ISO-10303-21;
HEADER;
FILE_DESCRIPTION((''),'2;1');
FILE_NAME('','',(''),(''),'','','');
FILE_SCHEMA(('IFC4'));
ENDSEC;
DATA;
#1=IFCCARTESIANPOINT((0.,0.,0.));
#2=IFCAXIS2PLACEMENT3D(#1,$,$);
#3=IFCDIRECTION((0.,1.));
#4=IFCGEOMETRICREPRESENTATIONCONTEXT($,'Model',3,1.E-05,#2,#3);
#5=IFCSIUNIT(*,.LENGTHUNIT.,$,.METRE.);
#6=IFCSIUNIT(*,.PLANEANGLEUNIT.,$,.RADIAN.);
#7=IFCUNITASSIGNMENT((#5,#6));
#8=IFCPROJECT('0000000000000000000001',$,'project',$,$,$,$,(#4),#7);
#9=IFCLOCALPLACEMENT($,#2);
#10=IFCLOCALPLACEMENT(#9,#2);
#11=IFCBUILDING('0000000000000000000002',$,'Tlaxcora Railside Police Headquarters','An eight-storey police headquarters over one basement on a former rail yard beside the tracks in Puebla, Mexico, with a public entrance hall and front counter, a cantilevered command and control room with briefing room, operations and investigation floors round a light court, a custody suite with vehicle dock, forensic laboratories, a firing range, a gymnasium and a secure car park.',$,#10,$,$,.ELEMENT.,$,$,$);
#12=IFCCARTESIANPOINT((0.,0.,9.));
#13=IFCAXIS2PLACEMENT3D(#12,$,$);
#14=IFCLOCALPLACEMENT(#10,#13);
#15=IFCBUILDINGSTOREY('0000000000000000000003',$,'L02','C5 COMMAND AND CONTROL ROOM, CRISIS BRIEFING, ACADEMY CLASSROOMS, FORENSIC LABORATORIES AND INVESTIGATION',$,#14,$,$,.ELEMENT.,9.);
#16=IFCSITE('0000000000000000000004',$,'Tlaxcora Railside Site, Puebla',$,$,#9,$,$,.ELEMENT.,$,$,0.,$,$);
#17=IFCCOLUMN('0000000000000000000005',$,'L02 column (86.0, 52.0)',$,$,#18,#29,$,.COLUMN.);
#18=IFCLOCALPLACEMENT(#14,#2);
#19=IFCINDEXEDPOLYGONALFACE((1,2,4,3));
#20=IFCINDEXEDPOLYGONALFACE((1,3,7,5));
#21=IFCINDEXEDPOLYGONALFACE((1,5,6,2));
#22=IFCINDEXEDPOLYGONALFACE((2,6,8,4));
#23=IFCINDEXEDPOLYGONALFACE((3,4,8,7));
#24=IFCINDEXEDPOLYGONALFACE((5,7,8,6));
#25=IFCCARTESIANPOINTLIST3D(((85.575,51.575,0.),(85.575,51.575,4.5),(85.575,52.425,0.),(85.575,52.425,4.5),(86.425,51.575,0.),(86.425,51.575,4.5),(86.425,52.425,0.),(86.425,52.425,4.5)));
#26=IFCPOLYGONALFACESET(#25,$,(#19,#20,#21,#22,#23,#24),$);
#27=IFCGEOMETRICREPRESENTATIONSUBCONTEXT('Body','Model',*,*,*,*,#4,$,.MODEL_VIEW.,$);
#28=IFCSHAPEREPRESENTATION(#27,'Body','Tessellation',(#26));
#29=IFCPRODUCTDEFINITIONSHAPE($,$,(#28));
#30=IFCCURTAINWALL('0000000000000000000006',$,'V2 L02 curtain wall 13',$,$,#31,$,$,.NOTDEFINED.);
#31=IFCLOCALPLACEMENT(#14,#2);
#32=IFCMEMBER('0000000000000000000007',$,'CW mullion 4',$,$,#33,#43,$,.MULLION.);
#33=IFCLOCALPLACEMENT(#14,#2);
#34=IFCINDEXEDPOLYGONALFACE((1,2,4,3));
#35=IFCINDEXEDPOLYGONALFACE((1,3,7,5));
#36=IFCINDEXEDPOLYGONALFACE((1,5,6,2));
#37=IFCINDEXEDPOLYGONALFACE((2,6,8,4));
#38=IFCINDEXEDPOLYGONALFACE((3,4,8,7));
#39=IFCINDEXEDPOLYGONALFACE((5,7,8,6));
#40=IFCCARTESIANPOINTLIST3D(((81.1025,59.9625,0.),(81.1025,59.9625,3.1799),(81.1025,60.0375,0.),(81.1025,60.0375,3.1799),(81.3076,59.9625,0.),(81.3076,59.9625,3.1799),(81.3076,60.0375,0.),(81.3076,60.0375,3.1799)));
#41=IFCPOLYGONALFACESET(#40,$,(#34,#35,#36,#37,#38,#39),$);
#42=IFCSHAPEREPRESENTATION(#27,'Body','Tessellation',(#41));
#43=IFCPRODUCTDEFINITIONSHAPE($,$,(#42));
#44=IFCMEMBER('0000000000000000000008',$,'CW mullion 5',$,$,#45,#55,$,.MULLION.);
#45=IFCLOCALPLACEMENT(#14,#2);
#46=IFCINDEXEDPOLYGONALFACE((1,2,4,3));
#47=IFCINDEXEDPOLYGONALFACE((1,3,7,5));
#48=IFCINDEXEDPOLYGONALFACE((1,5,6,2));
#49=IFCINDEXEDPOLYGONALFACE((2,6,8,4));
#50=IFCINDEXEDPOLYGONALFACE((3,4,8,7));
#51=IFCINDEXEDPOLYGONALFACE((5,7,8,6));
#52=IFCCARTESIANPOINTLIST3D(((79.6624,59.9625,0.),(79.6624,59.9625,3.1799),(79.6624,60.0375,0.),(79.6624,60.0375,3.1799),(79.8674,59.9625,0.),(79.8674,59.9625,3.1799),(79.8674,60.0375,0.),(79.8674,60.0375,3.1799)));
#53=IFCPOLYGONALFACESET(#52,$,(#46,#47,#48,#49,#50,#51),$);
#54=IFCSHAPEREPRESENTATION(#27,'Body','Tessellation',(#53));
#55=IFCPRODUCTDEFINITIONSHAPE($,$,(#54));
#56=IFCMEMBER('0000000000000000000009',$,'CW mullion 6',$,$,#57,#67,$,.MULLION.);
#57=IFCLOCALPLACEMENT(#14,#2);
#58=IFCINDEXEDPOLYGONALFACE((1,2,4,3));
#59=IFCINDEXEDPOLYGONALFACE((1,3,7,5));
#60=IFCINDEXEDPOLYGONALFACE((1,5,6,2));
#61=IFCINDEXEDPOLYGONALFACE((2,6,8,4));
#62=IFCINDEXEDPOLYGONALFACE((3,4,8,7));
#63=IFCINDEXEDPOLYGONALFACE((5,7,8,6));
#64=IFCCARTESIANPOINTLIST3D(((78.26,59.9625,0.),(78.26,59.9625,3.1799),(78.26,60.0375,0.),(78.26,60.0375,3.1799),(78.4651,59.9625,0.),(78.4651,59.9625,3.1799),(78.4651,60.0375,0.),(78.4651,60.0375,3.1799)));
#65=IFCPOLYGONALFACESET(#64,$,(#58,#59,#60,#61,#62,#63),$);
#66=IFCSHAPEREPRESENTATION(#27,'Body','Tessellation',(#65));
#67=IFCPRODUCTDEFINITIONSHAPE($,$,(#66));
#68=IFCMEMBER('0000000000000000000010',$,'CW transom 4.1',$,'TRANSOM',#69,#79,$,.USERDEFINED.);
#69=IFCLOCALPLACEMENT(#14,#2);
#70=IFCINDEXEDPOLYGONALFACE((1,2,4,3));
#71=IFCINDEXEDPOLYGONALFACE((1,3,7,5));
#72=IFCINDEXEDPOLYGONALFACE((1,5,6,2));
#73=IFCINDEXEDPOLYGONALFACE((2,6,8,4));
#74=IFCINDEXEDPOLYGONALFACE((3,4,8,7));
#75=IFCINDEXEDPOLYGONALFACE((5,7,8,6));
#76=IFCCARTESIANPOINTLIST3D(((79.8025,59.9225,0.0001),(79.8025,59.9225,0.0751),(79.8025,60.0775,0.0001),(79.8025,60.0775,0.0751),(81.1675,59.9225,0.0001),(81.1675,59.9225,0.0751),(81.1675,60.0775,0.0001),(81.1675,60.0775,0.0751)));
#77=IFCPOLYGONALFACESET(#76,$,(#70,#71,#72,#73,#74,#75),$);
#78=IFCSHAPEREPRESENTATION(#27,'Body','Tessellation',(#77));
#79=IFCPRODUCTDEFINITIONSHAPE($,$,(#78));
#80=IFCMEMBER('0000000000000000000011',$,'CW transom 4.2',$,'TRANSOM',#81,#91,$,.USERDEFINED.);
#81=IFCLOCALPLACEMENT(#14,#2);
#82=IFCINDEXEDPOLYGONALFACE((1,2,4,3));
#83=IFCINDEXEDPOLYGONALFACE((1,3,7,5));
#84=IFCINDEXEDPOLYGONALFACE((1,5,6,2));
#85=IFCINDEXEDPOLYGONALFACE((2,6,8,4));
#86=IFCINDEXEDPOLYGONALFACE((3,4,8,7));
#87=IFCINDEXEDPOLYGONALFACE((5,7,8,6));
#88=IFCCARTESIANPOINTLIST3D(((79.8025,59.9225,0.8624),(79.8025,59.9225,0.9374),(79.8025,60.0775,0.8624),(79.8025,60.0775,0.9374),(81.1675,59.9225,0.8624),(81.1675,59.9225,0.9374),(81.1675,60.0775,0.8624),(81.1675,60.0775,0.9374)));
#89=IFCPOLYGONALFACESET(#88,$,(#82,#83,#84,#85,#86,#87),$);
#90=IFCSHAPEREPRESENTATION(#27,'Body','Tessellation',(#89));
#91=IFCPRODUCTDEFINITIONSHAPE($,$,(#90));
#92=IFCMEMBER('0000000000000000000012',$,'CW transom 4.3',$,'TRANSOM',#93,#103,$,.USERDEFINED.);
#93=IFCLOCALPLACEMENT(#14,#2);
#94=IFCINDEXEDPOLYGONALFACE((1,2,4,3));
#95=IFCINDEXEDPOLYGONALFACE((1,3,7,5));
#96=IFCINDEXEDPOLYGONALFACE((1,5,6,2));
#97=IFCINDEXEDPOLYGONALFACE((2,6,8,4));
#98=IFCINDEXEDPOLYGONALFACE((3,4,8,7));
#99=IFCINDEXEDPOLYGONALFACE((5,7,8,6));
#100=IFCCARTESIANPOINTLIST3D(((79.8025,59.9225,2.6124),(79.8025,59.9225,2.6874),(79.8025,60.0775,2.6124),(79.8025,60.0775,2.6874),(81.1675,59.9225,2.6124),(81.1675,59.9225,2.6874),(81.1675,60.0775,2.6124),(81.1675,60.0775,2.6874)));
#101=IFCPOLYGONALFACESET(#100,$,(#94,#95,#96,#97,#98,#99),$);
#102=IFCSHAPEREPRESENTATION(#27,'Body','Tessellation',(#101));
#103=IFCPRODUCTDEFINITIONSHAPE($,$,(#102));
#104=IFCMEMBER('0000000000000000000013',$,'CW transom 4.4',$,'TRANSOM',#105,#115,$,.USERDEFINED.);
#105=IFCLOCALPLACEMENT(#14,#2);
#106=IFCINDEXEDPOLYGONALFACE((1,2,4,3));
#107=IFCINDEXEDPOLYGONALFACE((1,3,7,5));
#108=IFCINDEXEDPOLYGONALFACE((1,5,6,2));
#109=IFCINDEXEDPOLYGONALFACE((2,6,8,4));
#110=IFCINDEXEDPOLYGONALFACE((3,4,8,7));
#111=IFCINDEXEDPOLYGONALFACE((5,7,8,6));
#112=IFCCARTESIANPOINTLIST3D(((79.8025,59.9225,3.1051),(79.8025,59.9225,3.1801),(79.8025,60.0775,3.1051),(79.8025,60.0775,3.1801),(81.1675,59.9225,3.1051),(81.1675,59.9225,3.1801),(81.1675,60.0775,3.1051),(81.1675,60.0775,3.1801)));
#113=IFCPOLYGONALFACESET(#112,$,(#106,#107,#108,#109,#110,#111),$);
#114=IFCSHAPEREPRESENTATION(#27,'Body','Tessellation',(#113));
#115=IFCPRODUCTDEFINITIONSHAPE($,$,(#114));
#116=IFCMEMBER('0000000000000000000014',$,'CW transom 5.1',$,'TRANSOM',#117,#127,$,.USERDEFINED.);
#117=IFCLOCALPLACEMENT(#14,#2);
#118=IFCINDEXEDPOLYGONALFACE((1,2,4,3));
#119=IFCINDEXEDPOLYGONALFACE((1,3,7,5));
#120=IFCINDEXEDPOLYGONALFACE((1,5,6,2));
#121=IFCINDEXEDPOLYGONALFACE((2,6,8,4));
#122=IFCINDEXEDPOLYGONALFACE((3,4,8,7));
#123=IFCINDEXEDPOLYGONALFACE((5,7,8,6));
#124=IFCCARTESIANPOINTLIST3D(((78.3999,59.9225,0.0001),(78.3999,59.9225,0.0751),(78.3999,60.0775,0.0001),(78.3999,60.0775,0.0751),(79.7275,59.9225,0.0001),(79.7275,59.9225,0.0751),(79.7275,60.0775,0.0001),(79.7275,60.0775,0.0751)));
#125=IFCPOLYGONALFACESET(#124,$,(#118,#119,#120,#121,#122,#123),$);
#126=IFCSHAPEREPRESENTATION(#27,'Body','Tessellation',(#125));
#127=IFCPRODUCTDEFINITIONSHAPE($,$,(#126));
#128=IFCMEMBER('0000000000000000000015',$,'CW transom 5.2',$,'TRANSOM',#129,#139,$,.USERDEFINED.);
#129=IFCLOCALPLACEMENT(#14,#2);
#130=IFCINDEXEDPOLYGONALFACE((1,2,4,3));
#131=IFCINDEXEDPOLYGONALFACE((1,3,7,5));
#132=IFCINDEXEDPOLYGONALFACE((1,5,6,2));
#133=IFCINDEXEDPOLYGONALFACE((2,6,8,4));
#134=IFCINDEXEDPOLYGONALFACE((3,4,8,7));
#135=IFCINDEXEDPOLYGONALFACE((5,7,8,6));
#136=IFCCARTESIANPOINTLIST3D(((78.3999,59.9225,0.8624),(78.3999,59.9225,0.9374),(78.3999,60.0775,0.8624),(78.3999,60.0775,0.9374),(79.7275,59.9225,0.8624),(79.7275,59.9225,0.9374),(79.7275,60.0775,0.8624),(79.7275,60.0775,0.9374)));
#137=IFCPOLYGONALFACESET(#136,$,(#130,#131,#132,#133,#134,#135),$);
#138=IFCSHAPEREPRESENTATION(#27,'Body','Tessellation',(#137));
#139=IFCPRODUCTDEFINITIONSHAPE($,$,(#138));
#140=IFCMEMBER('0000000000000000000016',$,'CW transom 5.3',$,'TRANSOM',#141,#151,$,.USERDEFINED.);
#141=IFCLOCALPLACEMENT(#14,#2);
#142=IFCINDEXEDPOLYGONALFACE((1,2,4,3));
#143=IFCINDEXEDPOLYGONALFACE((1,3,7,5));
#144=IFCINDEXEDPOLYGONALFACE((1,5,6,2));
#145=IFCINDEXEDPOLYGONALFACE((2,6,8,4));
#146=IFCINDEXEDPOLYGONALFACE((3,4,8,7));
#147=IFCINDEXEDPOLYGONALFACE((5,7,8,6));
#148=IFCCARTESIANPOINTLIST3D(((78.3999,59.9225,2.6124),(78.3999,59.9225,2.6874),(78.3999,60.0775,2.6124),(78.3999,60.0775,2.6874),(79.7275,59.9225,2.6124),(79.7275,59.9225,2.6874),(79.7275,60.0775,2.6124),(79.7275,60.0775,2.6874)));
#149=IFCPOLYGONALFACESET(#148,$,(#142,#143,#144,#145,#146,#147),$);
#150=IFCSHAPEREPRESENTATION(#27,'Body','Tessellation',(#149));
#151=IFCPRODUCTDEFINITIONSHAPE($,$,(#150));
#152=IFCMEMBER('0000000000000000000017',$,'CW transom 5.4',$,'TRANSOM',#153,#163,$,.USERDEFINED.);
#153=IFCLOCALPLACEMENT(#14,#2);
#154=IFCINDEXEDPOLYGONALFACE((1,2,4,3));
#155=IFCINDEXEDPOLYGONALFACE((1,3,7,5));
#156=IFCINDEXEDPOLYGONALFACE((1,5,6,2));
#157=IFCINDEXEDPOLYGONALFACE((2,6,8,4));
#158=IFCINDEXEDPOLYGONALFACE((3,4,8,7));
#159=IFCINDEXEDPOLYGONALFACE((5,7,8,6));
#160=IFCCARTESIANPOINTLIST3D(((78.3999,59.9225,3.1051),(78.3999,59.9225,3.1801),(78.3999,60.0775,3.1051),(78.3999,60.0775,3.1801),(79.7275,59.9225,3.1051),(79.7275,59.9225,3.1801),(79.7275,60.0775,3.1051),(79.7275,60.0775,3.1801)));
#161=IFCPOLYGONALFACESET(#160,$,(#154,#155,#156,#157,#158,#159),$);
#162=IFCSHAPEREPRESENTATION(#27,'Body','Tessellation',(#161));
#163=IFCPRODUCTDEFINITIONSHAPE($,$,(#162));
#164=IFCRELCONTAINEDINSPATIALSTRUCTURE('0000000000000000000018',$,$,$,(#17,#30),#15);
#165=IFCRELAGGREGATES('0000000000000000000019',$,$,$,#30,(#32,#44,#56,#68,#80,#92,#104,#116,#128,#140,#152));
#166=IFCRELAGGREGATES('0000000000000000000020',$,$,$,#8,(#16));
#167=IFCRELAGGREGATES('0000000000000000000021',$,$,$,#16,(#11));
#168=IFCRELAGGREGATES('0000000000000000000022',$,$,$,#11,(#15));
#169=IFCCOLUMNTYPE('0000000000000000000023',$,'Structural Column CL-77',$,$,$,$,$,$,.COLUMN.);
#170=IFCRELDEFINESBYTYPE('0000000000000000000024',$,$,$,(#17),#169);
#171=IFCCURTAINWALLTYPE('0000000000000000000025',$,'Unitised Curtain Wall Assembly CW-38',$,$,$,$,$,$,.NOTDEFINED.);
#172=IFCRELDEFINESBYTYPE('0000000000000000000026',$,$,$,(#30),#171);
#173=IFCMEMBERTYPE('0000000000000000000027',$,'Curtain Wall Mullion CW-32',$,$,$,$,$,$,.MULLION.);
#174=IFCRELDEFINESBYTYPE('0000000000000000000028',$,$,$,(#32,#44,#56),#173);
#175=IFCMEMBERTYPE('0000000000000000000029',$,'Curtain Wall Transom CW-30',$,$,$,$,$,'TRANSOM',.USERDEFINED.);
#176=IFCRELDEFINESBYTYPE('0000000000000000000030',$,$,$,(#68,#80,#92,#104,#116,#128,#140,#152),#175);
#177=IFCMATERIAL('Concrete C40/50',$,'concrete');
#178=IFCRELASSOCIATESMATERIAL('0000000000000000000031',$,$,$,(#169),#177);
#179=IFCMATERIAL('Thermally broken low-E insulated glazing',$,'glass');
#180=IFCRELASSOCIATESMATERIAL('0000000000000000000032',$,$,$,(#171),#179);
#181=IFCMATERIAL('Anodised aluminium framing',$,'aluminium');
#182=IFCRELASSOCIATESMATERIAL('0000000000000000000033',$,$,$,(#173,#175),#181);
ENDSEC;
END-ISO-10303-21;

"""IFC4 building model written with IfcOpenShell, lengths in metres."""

from ifc_helpers import new_model, si_unit, direction, frame, origin, origin_2d, place, context, subcontext, project, spatial, rectangle, extrude, material, material_profile, profile_set, type_object, element, aggregate, save


model = new_model("IFC4")

# Units and contexts
model_context = context("Model", 3, precision=1e-05, world=origin(), true_north=direction((0.0, 1.0)))
body_context = subcontext(model_context, "Body", "Model", "MODEL_VIEW")
ifc_project = project(units=[si_unit("LENGTHUNIT", "METRE"), si_unit("PLANEANGLEUNIT", "RADIAN")], contexts=[model_context])

# Site, building, storey
site_placement = place(None, origin())
site = spatial("IfcSite", under=ifc_project, at=site_placement, Name="Tlaxcora Railside Site, Puebla", CompositionType="ELEMENT", RefElevation=0.0)
building_placement = place(site_placement, origin())
building = spatial("IfcBuilding", under=site, at=building_placement, Name="Tlaxcora Railside Police Headquarters", Description="An eight-storey police headquarters over one basement on a former rail yard beside the tracks in Puebla, Mexico, with a public entrance hall and front counter, a cantilevered command and control room with briefing room, operations and investigation floors round a light court, a custody suite with vehicle dock, forensic laboratories, a firing range, a gymnasium and a secure car park.", CompositionType="ELEMENT")
storey_placement = place(building_placement, frame((0.0, 0.0, 9.0)))
storey = spatial("IfcBuildingStorey", under=building, at=storey_placement, Name="L02", Description="C5 COMMAND AND CONTROL ROOM, CRISIS BRIEFING, ACADEMY CLASSROOMS, FORENSIC LABORATORIES AND INVESTIGATION", CompositionType="ELEMENT", Elevation=9.0)

# Column
ifc_material_1 = material(Name="Concrete C40/50", Category="concrete")
ifc_material_profile_1 = material_profile(ifc_material_1, rectangle(XDim=0.8501, YDim=0.8501, at=origin_2d()), Name="RC850X850")
ifc_profile_set_1 = profile_set([ifc_material_profile_1], Name="Concrete C40/50")
column_type = type_object("IfcColumnType", Name="Structural Column CL-77", PredefinedType="COLUMN", material=ifc_profile_set_1)
column_placement = place(storey_placement, frame((86.0, 52.0, 0.0), z_axis=(0.0, 0.0, 1.0), x_axis=(1.0, 0.0, 0.0)))
element("IfcColumn", 1, at=column_placement, inside=storey, type_object=column_type, Name="L02 column (86.0, 52.0)", PredefinedType="COLUMN", context=body_context, shape_type="SweptSolid", body=[
    extrude(rectangle(XDim=0.8501, YDim=0.8501, at=origin_2d()), origin(), (0.0, 0.0, 1.0), 4.5),
])

# Curtain wall, members
ifc_material_2 = material(Name="Thermally broken low-E insulated glazing", Category="glass")
curtain_wall_type = type_object("IfcCurtainWallType", Name="Unitised Curtain Wall Assembly CW-38", PredefinedType="NOTDEFINED", material=ifc_material_2)
curtain_wall_placement = place(storey_placement, origin())
curtain_wall = element("IfcCurtainWall", 2, at=curtain_wall_placement, inside=storey, type_object=curtain_wall_type, Name="V2 L02 curtain wall 13", PredefinedType="NOTDEFINED")
ifc_material_3 = material(Name="Anodised aluminium framing", Category="aluminium")
ifc_material_profile_2 = material_profile(ifc_material_3, rectangle(XDim=0.075, YDim=0.2051, at=origin_2d()), Name="AL75X205")
ifc_profile_set_2 = profile_set([ifc_material_profile_2], Name="Anodised aluminium framing")
member_type_1 = type_object("IfcMemberType", Name="Curtain Wall Mullion CW-32", PredefinedType="MULLION", material=ifc_profile_set_2)
member_1_placement = place(storey_placement, frame((81.2051, 60.0, 0.0), z_axis=(0.0, 0.0, 1.0), x_axis=(0.0, -1.0, 0.0)))
member_1 = element("IfcMember", 3, at=member_1_placement, type_object=member_type_1, Name="CW mullion 4", PredefinedType="MULLION", context=body_context, shape_type="SweptSolid", body=[
    extrude(rectangle(XDim=0.075, YDim=0.2051, at=origin_2d()), origin(), (0.0, 0.0, 1.0), 3.1799),
])
member_2_placement = place(storey_placement, frame((79.7649, 60.0, 0.0), z_axis=(0.0, 0.0, 1.0), x_axis=(0.0, -1.0, 0.0)))
member_2 = element("IfcMember", 4, at=member_2_placement, type_object=member_type_1, Name="CW mullion 5", PredefinedType="MULLION", context=body_context, shape_type="SweptSolid", body=[
    extrude(rectangle(XDim=0.075, YDim=0.2051, at=origin_2d()), origin(), (0.0, 0.0, 1.0), 3.1799),
])
member_3_placement = place(storey_placement, frame((78.3625, 60.0, 0.0), z_axis=(0.0, 0.0, 1.0), x_axis=(0.0, -1.0, 0.0)))
member_3 = element("IfcMember", 5, at=member_3_placement, type_object=member_type_1, Name="CW mullion 6", PredefinedType="MULLION", context=body_context, shape_type="SweptSolid", body=[
    extrude(rectangle(XDim=0.075, YDim=0.2051, at=origin_2d()), origin(), (0.0, 0.0, 1.0), 3.1799),
])
ifc_material_profile_3 = material_profile(ifc_material_3, rectangle(XDim=0.155, YDim=0.075, at=origin_2d()), Name="AL75X155")
ifc_profile_set_3 = profile_set([ifc_material_profile_3], Name="Anodised aluminium framing")
member_type_2 = type_object("IfcMemberType", Name="Curtain Wall Transom CW-30", ElementType="TRANSOM", PredefinedType="USERDEFINED", material=ifc_profile_set_3)
member_4_placement = place(storey_placement, frame((81.1675, 60.0, 0.0376), z_axis=(-1.0, 0.0, 0.0), x_axis=(0.0, -1.0, 0.0)))
member_4 = element("IfcMember", 6, at=member_4_placement, type_object=member_type_2, Name="CW transom 4.1", ObjectType="TRANSOM", PredefinedType="USERDEFINED", context=body_context, shape_type="SweptSolid", body=[
    extrude(rectangle(XDim=0.155, YDim=0.075, at=origin_2d()), origin(), (0.0, 0.0, 1.0), 1.365),
])
member_5_placement = place(storey_placement, frame((81.1675, 60.0, 0.8999), z_axis=(-1.0, 0.0, 0.0), x_axis=(0.0, -1.0, 0.0)))
member_5 = element("IfcMember", 7, at=member_5_placement, type_object=member_type_2, Name="CW transom 4.2", ObjectType="TRANSOM", PredefinedType="USERDEFINED", context=body_context, shape_type="SweptSolid", body=[
    extrude(rectangle(XDim=0.155, YDim=0.075, at=origin_2d()), origin(), (0.0, 0.0, 1.0), 1.365),
])
member_6_placement = place(storey_placement, frame((81.1675, 60.0, 2.6499), z_axis=(-1.0, 0.0, 0.0), x_axis=(0.0, -1.0, 0.0)))
member_6 = element("IfcMember", 8, at=member_6_placement, type_object=member_type_2, Name="CW transom 4.3", ObjectType="TRANSOM", PredefinedType="USERDEFINED", context=body_context, shape_type="SweptSolid", body=[
    extrude(rectangle(XDim=0.155, YDim=0.075, at=origin_2d()), origin(), (0.0, 0.0, 1.0), 1.365),
])
member_7_placement = place(storey_placement, frame((81.1675, 60.0, 3.1426), z_axis=(-1.0, 0.0, 0.0), x_axis=(0.0, -1.0, 0.0)))
member_7 = element("IfcMember", 9, at=member_7_placement, type_object=member_type_2, Name="CW transom 4.4", ObjectType="TRANSOM", PredefinedType="USERDEFINED", context=body_context, shape_type="SweptSolid", body=[
    extrude(rectangle(XDim=0.155, YDim=0.075, at=origin_2d()), origin(), (0.0, 0.0, 1.0), 1.365),
])
member_8_placement = place(storey_placement, frame((79.7275, 60.0, 0.0376), z_axis=(-1.0, 0.0, 0.0), x_axis=(0.0, -1.0, 0.0)))
member_8 = element("IfcMember", 10, at=member_8_placement, type_object=member_type_2, Name="CW transom 5.1", ObjectType="TRANSOM", PredefinedType="USERDEFINED", context=body_context, shape_type="SweptSolid", body=[
    extrude(rectangle(XDim=0.155, YDim=0.075, at=origin_2d()), origin(), (0.0, 0.0, 1.0), 1.3276),
])
member_9_placement = place(storey_placement, frame((79.7275, 60.0, 0.8999), z_axis=(-1.0, 0.0, 0.0), x_axis=(0.0, -1.0, 0.0)))
member_9 = element("IfcMember", 11, at=member_9_placement, type_object=member_type_2, Name="CW transom 5.2", ObjectType="TRANSOM", PredefinedType="USERDEFINED", context=body_context, shape_type="SweptSolid", body=[
    extrude(rectangle(XDim=0.155, YDim=0.075, at=origin_2d()), origin(), (0.0, 0.0, 1.0), 1.3276),
])
member_10_placement = place(storey_placement, frame((79.7275, 60.0, 2.6499), z_axis=(-1.0, 0.0, 0.0), x_axis=(0.0, -1.0, 0.0)))
member_10 = element("IfcMember", 12, at=member_10_placement, type_object=member_type_2, Name="CW transom 5.3", ObjectType="TRANSOM", PredefinedType="USERDEFINED", context=body_context, shape_type="SweptSolid", body=[
    extrude(rectangle(XDim=0.155, YDim=0.075, at=origin_2d()), origin(), (0.0, 0.0, 1.0), 1.3276),
])
member_11_placement = place(storey_placement, frame((79.7275, 60.0, 3.1426), z_axis=(-1.0, 0.0, 0.0), x_axis=(0.0, -1.0, 0.0)))
member_11 = element("IfcMember", 13, at=member_11_placement, type_object=member_type_2, Name="CW transom 5.4", ObjectType="TRANSOM", PredefinedType="USERDEFINED", context=body_context, shape_type="SweptSolid", body=[
    extrude(rectangle(XDim=0.155, YDim=0.075, at=origin_2d()), origin(), (0.0, 0.0, 1.0), 1.3276),
])

aggregate(curtain_wall, [member_1, member_2, member_3, member_4, member_5, member_6, member_7, member_8, member_9, member_10, member_11])

save(model, "model.ifc")
